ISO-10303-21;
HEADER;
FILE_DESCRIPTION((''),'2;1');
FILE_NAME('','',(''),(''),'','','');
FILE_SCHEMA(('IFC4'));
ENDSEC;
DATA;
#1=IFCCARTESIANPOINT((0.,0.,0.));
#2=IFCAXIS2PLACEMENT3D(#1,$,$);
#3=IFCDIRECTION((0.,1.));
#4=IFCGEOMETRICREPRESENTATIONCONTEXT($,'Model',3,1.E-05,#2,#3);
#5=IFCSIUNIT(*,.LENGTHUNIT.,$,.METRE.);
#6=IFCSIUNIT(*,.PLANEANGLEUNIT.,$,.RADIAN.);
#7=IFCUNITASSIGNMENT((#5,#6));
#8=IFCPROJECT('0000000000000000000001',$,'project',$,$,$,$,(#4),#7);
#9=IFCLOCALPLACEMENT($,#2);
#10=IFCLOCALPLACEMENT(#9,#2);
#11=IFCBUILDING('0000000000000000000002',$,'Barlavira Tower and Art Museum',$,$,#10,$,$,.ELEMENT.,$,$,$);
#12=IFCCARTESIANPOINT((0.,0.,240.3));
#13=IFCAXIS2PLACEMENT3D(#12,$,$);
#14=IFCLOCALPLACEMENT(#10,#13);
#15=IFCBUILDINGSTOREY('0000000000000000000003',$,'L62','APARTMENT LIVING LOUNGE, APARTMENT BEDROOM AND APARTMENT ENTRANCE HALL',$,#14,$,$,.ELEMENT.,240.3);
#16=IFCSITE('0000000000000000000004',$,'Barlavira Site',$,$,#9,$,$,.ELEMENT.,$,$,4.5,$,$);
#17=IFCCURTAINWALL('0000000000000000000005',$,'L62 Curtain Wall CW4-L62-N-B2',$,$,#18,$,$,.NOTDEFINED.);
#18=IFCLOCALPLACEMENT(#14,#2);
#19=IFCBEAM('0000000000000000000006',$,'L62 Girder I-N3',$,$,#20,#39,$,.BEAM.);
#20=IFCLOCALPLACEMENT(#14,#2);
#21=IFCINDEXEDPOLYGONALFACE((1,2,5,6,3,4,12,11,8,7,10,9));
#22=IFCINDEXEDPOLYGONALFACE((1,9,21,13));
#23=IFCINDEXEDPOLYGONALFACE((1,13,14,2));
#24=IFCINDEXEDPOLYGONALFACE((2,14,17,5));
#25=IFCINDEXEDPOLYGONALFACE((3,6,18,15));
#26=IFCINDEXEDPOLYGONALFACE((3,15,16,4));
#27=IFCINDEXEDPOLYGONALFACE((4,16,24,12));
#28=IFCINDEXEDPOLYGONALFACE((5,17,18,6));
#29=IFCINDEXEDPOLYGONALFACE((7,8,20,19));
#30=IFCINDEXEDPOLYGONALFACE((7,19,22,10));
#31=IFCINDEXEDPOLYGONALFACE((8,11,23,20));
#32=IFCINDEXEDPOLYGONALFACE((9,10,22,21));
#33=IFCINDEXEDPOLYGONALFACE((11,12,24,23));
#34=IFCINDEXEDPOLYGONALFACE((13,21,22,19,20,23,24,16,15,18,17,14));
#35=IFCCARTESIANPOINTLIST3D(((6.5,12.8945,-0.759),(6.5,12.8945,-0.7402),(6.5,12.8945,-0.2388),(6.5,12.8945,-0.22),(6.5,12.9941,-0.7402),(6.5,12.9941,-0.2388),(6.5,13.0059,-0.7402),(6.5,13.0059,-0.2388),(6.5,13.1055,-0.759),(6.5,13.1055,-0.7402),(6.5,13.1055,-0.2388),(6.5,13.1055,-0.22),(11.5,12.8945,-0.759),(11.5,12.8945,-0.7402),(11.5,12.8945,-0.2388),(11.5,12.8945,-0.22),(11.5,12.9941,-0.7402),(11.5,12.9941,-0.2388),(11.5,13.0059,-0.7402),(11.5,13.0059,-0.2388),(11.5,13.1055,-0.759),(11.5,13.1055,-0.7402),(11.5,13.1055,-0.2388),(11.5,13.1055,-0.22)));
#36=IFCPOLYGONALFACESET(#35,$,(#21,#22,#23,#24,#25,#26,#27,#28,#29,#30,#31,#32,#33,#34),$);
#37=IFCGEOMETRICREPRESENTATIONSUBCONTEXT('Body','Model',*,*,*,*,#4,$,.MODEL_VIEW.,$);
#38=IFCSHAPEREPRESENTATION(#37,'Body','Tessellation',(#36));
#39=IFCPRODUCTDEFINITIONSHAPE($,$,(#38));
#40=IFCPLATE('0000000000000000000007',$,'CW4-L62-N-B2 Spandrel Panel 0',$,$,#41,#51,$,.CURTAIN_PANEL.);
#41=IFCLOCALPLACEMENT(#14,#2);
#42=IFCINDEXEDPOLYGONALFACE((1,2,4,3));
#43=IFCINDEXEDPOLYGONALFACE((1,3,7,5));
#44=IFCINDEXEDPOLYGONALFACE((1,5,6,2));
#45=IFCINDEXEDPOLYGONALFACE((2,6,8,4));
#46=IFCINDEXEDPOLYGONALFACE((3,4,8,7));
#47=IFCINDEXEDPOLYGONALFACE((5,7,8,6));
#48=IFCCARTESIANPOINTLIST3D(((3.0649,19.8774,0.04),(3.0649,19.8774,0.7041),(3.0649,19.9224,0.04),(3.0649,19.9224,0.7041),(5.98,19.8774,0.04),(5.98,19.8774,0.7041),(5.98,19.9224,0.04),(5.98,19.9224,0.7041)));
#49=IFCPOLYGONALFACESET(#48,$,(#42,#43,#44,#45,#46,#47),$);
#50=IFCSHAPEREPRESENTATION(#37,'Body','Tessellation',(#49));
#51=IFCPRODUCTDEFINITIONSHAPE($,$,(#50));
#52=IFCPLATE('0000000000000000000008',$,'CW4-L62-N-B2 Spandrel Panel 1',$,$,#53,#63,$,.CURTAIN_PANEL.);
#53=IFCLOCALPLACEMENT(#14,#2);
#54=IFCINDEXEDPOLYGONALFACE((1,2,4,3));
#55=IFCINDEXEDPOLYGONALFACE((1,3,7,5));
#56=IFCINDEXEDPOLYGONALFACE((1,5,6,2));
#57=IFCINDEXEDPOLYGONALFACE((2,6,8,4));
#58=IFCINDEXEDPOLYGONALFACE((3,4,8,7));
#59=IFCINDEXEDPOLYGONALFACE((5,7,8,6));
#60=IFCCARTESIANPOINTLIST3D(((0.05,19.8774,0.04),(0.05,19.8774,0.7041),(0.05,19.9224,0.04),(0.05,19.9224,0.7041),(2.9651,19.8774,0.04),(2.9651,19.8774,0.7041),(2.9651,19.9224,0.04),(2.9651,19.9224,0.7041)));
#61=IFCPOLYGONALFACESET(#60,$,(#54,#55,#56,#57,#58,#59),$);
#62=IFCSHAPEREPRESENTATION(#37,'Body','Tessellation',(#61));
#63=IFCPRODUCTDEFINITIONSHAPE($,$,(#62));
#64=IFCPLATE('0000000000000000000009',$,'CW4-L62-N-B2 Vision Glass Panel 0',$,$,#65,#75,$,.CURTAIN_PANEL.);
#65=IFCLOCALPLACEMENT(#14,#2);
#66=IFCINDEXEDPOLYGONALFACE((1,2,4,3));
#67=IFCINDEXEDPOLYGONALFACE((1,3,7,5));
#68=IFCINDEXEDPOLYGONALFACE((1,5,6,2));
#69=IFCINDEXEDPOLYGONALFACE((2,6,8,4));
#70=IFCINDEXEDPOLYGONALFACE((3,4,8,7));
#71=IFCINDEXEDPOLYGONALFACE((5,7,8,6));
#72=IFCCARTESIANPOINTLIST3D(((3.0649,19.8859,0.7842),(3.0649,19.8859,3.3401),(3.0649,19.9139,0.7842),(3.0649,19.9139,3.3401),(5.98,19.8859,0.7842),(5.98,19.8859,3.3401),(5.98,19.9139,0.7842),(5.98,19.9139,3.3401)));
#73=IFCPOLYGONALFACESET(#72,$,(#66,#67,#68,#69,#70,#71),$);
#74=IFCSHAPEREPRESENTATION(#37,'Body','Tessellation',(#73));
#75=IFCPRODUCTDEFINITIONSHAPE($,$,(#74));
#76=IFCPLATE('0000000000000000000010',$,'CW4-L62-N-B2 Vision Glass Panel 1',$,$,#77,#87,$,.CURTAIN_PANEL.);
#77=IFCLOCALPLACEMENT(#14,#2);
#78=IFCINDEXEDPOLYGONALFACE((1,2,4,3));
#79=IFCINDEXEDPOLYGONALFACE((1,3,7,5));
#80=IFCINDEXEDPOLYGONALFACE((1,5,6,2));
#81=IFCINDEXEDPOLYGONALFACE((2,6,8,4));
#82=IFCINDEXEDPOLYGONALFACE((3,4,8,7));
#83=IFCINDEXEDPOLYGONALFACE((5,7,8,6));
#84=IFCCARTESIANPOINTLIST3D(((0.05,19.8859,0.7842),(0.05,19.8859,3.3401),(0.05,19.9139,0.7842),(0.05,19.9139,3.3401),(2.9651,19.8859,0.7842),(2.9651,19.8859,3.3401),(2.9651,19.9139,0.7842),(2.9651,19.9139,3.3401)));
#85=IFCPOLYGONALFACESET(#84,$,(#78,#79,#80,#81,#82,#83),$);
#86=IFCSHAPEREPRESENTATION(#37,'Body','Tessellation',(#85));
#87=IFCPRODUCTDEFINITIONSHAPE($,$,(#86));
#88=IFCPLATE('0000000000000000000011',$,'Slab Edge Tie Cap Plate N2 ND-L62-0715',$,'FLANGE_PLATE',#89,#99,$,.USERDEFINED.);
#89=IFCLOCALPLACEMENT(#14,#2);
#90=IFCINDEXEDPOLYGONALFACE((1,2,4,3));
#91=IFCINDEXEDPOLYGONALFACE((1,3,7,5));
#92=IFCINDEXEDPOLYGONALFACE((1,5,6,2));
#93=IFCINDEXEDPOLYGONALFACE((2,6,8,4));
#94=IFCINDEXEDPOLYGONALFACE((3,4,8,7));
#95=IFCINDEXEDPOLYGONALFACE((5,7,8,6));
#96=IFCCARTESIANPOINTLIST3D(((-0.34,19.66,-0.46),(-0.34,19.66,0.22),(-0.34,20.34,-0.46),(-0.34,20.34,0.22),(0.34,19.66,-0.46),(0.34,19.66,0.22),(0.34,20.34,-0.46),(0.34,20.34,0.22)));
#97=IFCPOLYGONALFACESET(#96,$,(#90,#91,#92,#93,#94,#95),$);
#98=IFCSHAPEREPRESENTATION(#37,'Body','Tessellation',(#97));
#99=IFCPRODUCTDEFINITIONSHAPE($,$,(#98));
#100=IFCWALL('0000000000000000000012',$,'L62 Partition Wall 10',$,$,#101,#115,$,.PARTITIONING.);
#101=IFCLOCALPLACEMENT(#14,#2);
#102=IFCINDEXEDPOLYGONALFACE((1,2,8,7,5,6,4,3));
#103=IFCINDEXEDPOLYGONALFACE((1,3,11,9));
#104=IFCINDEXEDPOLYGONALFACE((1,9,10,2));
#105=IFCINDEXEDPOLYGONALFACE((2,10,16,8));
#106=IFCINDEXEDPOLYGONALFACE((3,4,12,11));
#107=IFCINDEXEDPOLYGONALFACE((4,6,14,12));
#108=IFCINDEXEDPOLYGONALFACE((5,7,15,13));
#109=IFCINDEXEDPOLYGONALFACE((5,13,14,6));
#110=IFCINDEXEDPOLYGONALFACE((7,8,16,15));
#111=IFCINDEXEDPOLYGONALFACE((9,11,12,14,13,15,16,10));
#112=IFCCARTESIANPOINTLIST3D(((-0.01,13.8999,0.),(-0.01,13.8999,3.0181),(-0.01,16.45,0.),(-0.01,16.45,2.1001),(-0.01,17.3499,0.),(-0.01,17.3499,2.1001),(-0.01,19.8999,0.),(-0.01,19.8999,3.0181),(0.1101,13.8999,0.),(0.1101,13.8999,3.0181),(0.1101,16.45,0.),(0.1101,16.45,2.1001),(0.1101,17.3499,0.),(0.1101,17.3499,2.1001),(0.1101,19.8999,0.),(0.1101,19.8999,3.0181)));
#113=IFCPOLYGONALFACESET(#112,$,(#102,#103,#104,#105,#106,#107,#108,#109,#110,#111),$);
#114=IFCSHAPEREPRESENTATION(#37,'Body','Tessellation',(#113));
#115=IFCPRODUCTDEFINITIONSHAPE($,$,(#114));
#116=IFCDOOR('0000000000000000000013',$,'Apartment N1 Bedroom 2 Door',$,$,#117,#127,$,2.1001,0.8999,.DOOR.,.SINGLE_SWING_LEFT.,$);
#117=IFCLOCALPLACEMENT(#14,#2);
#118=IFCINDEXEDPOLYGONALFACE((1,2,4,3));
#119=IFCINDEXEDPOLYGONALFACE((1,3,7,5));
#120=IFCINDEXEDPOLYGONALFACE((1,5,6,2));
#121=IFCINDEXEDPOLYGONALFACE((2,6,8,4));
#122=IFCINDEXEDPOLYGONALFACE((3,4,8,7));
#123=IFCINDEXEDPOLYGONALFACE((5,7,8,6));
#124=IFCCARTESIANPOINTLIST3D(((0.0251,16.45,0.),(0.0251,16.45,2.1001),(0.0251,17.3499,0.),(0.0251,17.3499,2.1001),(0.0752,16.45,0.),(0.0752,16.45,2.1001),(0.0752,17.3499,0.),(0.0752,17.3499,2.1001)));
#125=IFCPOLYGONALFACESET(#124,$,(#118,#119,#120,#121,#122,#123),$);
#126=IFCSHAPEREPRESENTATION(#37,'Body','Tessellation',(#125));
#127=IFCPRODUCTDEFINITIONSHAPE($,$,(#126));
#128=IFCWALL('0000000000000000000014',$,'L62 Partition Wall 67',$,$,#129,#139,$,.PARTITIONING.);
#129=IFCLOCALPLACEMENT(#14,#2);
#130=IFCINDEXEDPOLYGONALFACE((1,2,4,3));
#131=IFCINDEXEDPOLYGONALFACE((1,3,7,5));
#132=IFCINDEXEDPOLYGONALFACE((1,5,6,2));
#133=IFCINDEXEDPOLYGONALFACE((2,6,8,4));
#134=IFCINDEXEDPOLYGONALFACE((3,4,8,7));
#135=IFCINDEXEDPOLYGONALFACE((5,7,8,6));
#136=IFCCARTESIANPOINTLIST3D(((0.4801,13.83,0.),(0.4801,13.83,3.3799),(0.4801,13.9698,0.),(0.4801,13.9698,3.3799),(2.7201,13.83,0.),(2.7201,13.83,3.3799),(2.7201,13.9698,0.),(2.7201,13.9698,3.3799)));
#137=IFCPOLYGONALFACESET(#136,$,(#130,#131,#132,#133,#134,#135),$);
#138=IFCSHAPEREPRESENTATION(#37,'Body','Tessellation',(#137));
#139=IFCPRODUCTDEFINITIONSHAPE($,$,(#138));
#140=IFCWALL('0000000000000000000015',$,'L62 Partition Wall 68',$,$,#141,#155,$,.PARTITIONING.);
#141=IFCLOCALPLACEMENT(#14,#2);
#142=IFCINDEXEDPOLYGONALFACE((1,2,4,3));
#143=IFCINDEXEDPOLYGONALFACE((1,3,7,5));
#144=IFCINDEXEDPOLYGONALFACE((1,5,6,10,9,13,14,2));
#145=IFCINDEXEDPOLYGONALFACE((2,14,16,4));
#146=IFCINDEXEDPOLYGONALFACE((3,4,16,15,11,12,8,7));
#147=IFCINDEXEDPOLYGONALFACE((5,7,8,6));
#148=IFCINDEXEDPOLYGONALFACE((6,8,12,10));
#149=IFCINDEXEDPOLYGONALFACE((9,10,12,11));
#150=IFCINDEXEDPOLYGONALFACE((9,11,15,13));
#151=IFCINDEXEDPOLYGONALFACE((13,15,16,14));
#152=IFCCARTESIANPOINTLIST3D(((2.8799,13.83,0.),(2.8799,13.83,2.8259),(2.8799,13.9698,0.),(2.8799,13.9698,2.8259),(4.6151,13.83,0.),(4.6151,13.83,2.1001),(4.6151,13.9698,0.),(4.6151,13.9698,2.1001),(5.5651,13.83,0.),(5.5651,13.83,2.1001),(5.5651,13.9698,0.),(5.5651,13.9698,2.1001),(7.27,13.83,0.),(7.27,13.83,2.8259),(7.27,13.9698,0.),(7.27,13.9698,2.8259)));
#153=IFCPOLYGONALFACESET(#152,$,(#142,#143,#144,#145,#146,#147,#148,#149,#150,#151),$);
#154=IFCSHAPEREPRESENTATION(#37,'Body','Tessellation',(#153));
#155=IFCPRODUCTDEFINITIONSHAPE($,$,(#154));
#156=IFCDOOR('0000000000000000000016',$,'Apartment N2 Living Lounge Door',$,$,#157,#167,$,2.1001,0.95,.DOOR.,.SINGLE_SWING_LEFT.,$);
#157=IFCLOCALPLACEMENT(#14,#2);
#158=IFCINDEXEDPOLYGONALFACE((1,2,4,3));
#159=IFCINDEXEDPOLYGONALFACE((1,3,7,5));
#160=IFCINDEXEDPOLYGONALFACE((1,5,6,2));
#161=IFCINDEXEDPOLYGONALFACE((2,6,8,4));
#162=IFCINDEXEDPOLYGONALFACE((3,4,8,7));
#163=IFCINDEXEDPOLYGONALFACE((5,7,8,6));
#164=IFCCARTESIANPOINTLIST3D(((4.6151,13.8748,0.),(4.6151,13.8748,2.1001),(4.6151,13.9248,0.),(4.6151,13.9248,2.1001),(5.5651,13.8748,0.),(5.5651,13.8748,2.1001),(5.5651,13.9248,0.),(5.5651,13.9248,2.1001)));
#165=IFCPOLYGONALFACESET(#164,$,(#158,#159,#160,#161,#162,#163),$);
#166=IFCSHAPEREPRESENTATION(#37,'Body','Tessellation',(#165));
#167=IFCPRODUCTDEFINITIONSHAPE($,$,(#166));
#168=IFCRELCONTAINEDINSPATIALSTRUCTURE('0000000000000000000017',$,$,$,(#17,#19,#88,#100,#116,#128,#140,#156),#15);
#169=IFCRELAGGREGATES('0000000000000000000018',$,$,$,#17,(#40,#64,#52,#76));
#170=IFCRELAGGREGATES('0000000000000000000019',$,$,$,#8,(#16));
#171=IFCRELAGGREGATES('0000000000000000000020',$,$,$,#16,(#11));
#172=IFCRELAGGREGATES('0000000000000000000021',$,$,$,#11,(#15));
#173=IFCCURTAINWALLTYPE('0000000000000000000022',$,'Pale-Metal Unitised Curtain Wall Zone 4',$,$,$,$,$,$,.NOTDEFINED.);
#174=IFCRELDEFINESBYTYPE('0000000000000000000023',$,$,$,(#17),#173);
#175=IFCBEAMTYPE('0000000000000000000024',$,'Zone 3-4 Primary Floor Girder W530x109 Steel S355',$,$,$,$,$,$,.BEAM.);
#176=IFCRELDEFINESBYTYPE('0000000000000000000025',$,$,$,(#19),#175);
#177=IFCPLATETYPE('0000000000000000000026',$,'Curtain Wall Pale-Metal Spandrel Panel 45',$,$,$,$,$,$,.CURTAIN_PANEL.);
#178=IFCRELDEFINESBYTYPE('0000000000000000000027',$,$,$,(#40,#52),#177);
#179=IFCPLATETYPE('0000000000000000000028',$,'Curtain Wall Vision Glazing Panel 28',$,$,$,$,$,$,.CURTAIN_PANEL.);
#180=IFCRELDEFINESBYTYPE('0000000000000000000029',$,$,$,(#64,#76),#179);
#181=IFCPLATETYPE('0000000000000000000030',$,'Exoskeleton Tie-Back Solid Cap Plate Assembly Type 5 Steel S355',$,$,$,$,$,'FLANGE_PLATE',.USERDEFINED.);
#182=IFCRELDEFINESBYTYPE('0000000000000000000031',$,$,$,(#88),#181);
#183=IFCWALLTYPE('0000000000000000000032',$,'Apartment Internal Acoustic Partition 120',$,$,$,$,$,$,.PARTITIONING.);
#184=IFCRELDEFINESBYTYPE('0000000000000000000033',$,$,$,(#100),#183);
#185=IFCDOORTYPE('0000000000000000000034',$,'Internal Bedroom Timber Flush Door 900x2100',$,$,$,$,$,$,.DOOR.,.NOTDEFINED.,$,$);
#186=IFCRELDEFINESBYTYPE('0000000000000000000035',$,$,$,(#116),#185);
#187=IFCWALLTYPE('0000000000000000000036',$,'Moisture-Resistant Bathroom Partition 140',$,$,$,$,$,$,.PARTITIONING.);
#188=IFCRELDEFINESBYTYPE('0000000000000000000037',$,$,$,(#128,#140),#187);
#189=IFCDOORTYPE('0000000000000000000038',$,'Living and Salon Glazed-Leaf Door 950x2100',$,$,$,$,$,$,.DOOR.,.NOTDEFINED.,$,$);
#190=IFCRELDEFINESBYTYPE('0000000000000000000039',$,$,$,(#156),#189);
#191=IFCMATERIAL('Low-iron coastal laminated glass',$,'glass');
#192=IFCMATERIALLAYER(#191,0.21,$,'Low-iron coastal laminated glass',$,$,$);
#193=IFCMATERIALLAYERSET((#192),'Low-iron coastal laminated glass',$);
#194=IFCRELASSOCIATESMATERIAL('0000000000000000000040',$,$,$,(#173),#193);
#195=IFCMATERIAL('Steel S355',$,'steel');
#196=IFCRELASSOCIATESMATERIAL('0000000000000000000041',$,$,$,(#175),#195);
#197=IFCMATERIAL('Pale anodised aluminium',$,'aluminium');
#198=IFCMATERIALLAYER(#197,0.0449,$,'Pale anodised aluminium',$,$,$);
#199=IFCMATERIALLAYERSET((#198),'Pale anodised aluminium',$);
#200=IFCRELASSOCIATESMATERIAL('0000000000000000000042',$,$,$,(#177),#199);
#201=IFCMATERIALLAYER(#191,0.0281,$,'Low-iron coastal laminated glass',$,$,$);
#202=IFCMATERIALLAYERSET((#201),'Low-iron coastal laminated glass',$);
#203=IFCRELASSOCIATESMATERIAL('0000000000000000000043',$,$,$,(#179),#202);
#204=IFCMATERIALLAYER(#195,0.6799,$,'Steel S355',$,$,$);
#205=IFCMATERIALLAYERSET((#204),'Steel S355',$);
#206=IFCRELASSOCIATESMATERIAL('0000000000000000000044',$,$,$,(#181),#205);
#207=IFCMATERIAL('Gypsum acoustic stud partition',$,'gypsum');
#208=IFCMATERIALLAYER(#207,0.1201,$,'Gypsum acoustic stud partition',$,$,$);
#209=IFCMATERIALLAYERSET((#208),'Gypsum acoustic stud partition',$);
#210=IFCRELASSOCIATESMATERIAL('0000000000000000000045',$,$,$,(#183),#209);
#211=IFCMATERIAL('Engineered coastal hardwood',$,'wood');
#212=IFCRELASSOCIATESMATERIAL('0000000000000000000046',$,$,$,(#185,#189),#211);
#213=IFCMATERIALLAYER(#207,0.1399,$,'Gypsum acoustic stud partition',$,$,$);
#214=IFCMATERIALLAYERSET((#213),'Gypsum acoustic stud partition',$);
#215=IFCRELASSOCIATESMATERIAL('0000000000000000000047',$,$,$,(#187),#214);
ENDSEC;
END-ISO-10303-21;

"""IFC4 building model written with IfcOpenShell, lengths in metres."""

from ifc_helpers import new_model, si_unit, direction, frame, frame_2d, origin, origin_2d, place, context, subcontext, project, spatial, rectangle, i_section, extrude, material, layer, layer_set, material_profile, profile_set, type_object, element, fill, aggregate, save


model = new_model("IFC4")

# Units and contexts
model_context = context("Model", 3, precision=1e-05, world=origin(), true_north=direction((0.0, 1.0)))
body_context = subcontext(model_context, "Body", "Model", "MODEL_VIEW")
ifc_project = project(units=[si_unit("LENGTHUNIT", "METRE"), si_unit("PLANEANGLEUNIT", "RADIAN")], contexts=[model_context])

# Site, building, storey
site_placement = place(None, origin())
site = spatial("IfcSite", under=ifc_project, at=site_placement, Name="Barlavira Site", CompositionType="ELEMENT", RefElevation=4.5)
building_placement = place(site_placement, origin())
building = spatial("IfcBuilding", under=site, at=building_placement, Name="Barlavira Tower and Art Museum", CompositionType="ELEMENT")
storey_placement = place(building_placement, frame((0.0, 0.0, 240.3)))
storey = spatial("IfcBuildingStorey", under=building, at=storey_placement, Name="L62", Description="APARTMENT LIVING LOUNGE, APARTMENT BEDROOM AND APARTMENT ENTRANCE HALL", CompositionType="ELEMENT", Elevation=240.3)

# Curtain wall
ifc_material_1 = material(Name="Low-iron coastal laminated glass", Category="glass")
ifc_layer_1 = layer(ifc_material_1, 0.21, Name="Low-iron coastal laminated glass")
ifc_layer_set_1 = layer_set([ifc_layer_1], Name="Low-iron coastal laminated glass")
curtain_wall_type = type_object("IfcCurtainWallType", Name="Pale-Metal Unitised Curtain Wall Zone 4", PredefinedType="NOTDEFINED", material=ifc_layer_set_1)
curtain_wall_placement = place(storey_placement, origin())
curtain_wall = element("IfcCurtainWall", 1, at=curtain_wall_placement, inside=storey, type_object=curtain_wall_type, Name="L62 Curtain Wall CW4-L62-N-B2", PredefinedType="NOTDEFINED")
ifc_material_2 = material(Name="Pale anodised aluminium", Category="aluminium")

# Shared definitions
ifc_material_3 = material(Name="Steel S355", Category="steel")

# Beam
ifc_material_profile_1 = material_profile(ifc_material_3, i_section(OverallWidth=0.2109, OverallDepth=0.5391, WebThickness=0.0117, FlangeThickness=0.0188, at=origin_2d()), Name="W530x109.0")
ifc_profile_set_1 = profile_set([ifc_material_profile_1], Name="Steel S355")
beam_type = type_object("IfcBeamType", Name="Zone 3-4 Primary Floor Girder W530x109 Steel S355", PredefinedType="BEAM", material=ifc_profile_set_1)
beam_placement = place(storey_placement, frame((6.5, 13.0, -0.4895), z_axis=(1.0, 0.0, 0.0), x_axis=(0.0, 1.0, 0.0)))
element("IfcBeam", 2, at=beam_placement, inside=storey, type_object=beam_type, Name="L62 Girder I-N3", PredefinedType="BEAM", context=body_context, shape_type="SweptSolid", body=[
    extrude(i_section(OverallWidth=0.2109, OverallDepth=0.5391, WebThickness=0.0117, FlangeThickness=0.0188, at=origin_2d()), origin(), (0.0, 0.0, 1.0), 5.0),
])

# Plates
ifc_layer_2 = layer(ifc_material_2, 0.0449, Name="Pale anodised aluminium")
ifc_layer_set_2 = layer_set([ifc_layer_2], Name="Pale anodised aluminium")
plate_type_1 = type_object("IfcPlateType", Name="Curtain Wall Pale-Metal Spandrel Panel 45", PredefinedType="CURTAIN_PANEL", material=ifc_layer_set_2)
plate_1_placement = place(storey_placement, frame((4.5225, 19.8999, 0.04), z_axis=(0.0, 0.0, 1.0), x_axis=(-1.0, 0.0, 0.0)))
plate_1 = element("IfcPlate", 3, at=plate_1_placement, type_object=plate_type_1, Name="CW4-L62-N-B2 Spandrel Panel 0", PredefinedType="CURTAIN_PANEL", context=body_context, shape_type="SweptSolid", body=[
    extrude(rectangle(XDim=2.915, YDim=0.0449, at=origin_2d()), origin(), (0.0, 0.0, 1.0), 0.6641),
])
plate_2_placement = place(storey_placement, frame((1.5076, 19.8999, 0.04), z_axis=(0.0, 0.0, 1.0), x_axis=(-1.0, 0.0, 0.0)))
plate_2 = element("IfcPlate", 4, at=plate_2_placement, type_object=plate_type_1, Name="CW4-L62-N-B2 Spandrel Panel 1", PredefinedType="CURTAIN_PANEL", context=body_context, shape_type="SweptSolid", body=[
    extrude(rectangle(XDim=2.915, YDim=0.0449, at=origin_2d()), origin(), (0.0, 0.0, 1.0), 0.6641),
])
ifc_layer_3 = layer(ifc_material_1, 0.0281, Name="Low-iron coastal laminated glass")
ifc_layer_set_3 = layer_set([ifc_layer_3], Name="Low-iron coastal laminated glass")
plate_type_2 = type_object("IfcPlateType", Name="Curtain Wall Vision Glazing Panel 28", PredefinedType="CURTAIN_PANEL", material=ifc_layer_set_3)
plate_3_placement = place(storey_placement, frame((4.5225, 19.8999, 0.7842), z_axis=(0.0, 0.0, 1.0), x_axis=(-1.0, 0.0, 0.0)))
plate_3 = element("IfcPlate", 5, at=plate_3_placement, type_object=plate_type_2, Name="CW4-L62-N-B2 Vision Glass Panel 0", PredefinedType="CURTAIN_PANEL", context=body_context, shape_type="SweptSolid", body=[
    extrude(rectangle(XDim=2.915, YDim=0.0281, at=origin_2d()), origin(), (0.0, 0.0, 1.0), 2.5559),
])
plate_4_placement = place(storey_placement, frame((1.5076, 19.8999, 0.7842), z_axis=(0.0, 0.0, 1.0), x_axis=(-1.0, 0.0, 0.0)))
plate_4 = element("IfcPlate", 6, at=plate_4_placement, type_object=plate_type_2, Name="CW4-L62-N-B2 Vision Glass Panel 1", PredefinedType="CURTAIN_PANEL", context=body_context, shape_type="SweptSolid", body=[
    extrude(rectangle(XDim=2.915, YDim=0.0281, at=origin_2d()), origin(), (0.0, 0.0, 1.0), 2.5559),
])
aggregate(curtain_wall, [plate_1, plate_3, plate_2, plate_4])
ifc_layer_4 = layer(ifc_material_3, 0.6799, Name="Steel S355")
ifc_layer_set_4 = layer_set([ifc_layer_4], Name="Steel S355")
plate_type_3 = type_object("IfcPlateType", Name="Exoskeleton Tie-Back Solid Cap Plate Assembly Type 5 Steel S355", ElementType="FLANGE_PLATE", PredefinedType="USERDEFINED", material=ifc_layer_set_4)
plate_5_placement = place(storey_placement, frame((0.0, 20.0, -0.46), z_axis=(0.0, 0.0, 1.0), x_axis=(1.0, 0.0, 0.0)))
element("IfcPlate", 7, at=plate_5_placement, inside=storey, type_object=plate_type_3, Name="Slab Edge Tie Cap Plate N2 ND-L62-0715", ObjectType="FLANGE_PLATE", PredefinedType="USERDEFINED", context=body_context, shape_type="SweptSolid", body=[
    extrude(rectangle(XDim=0.6799, YDim=0.6799, at=origin_2d()), origin(), (0.0, 0.0, 1.0), 0.6799),
])

# Wall, opening, door
ifc_material_4 = material(Name="Gypsum acoustic stud partition", Category="gypsum")
ifc_layer_5 = layer(ifc_material_4, 0.1201, Name="Gypsum acoustic stud partition")
ifc_layer_set_5 = layer_set([ifc_layer_5], Name="Gypsum acoustic stud partition")
wall_type_1 = type_object("IfcWallType", Name="Apartment Internal Acoustic Partition 120", PredefinedType="PARTITIONING", material=ifc_layer_set_5)
wall_1_placement = place(storey_placement, frame((0.05, 13.8999, 0.0), z_axis=(0.0, 0.0, 1.0), x_axis=(0.0, 1.0, 0.0)))
wall_1 = element("IfcWall", 8, at=wall_1_placement, inside=storey, type_object=wall_type_1, Name="L62 Partition Wall 10", PredefinedType="PARTITIONING", context=body_context, shape_type="SweptSolid", body=[
    extrude(rectangle(XDim=6.0, YDim=0.1201, at=frame_2d((3.0, 0.0))), origin(), (0.0, 0.0, 1.0), 3.0181),
])
opening_1_placement = place(wall_1_placement, frame((2.55, 0.0, 0.0)))
opening_1 = element("IfcOpeningElement", 9, at=opening_1_placement, cuts=wall_1, PredefinedType="OPENING", context=body_context, shape_type="SweptSolid", body=[
    extrude(rectangle(XDim=0.8999, YDim=2.1001, at=frame_2d((0.45, 1.05))), frame((0.0, 0.0701, 0.0), z_axis=(0.0, -1.0, 0.0), x_axis=(1.0, 0.0, 0.0)), (0.0, 0.0, 1.0), 0.1401),
])
ifc_material_5 = material(Name="Engineered coastal hardwood", Category="wood")
door_type_1 = type_object("IfcDoorType", Name="Internal Bedroom Timber Flush Door 900x2100", OperationType="NOTDEFINED", PredefinedType="DOOR", material=ifc_material_5)
door_1_placement = place(opening_1_placement, origin())
door_1 = element("IfcDoor", 10, at=door_1_placement, inside=storey, type_object=door_type_1, Name="Apartment N1 Bedroom 2 Door", OperationType="SINGLE_SWING_LEFT", OverallHeight=2.1001, OverallWidth=0.8999, PredefinedType="DOOR", context=body_context, shape_type="SweptSolid", body=[
    extrude(rectangle(XDim=0.8999, YDim=2.1001, at=frame_2d((0.45, 1.05))), frame((0.0, 0.0249, 0.0), z_axis=(0.0, -1.0, 0.0), x_axis=(1.0, 0.0, 0.0)), (0.0, 0.0, 1.0), 0.05),
])
fill(opening_1, door_1)

# Wall
ifc_layer_6 = layer(ifc_material_4, 0.1399, Name="Gypsum acoustic stud partition")
ifc_layer_set_6 = layer_set([ifc_layer_6], Name="Gypsum acoustic stud partition")
wall_type_2 = type_object("IfcWallType", Name="Moisture-Resistant Bathroom Partition 140", PredefinedType="PARTITIONING", material=ifc_layer_set_6)
wall_2_placement = place(storey_placement, frame((0.48, 13.8999, 0.0), z_axis=(0.0, 0.0, 1.0), x_axis=(1.0, 0.0, 0.0)))
element("IfcWall", 11, at=wall_2_placement, inside=storey, type_object=wall_type_2, Name="L62 Partition Wall 67", PredefinedType="PARTITIONING", context=body_context, shape_type="SweptSolid", body=[
    extrude(rectangle(XDim=2.24, YDim=0.1399, at=frame_2d((1.1201, 0.0))), origin(), (0.0, 0.0, 1.0), 3.3799),
])

# Wall, opening, door
wall_3_placement = place(storey_placement, frame((2.8799, 13.8999, 0.0), z_axis=(0.0, 0.0, 1.0), x_axis=(1.0, 0.0, 0.0)))
wall_3 = element("IfcWall", 12, at=wall_3_placement, inside=storey, type_object=wall_type_2, Name="L62 Partition Wall 68", PredefinedType="PARTITIONING", context=body_context, shape_type="SweptSolid", body=[
    extrude(rectangle(XDim=4.3901, YDim=0.1399, at=frame_2d((2.1951, 0.0))), origin(), (0.0, 0.0, 1.0), 2.8259),
])
opening_2_placement = place(wall_3_placement, frame((1.7351, 0.0, 0.0)))
opening_2 = element("IfcOpeningElement", 13, at=opening_2_placement, cuts=wall_3, PredefinedType="OPENING", context=body_context, shape_type="SweptSolid", body=[
    extrude(rectangle(XDim=0.95, YDim=2.1001, at=frame_2d((0.4751, 1.05))), frame((0.0, 0.0801, 0.0), z_axis=(0.0, -1.0, 0.0), x_axis=(1.0, 0.0, 0.0)), (0.0, 0.0, 1.0), 0.1599),
])
door_type_2 = type_object("IfcDoorType", Name="Living and Salon Glazed-Leaf Door 950x2100", OperationType="NOTDEFINED", PredefinedType="DOOR", material=ifc_material_5)
door_2_placement = place(opening_2_placement, origin())
door_2 = element("IfcDoor", 14, at=door_2_placement, inside=storey, type_object=door_type_2, Name="Apartment N2 Living Lounge Door", OperationType="SINGLE_SWING_LEFT", OverallHeight=2.1001, OverallWidth=0.95, PredefinedType="DOOR", context=body_context, shape_type="SweptSolid", body=[
    extrude(rectangle(XDim=0.95, YDim=2.1001, at=frame_2d((0.4751, 1.05))), frame((0.0, 0.0249, 0.0), z_axis=(0.0, -1.0, 0.0), x_axis=(1.0, 0.0, 0.0)), (0.0, 0.0, 1.0), 0.05),
])
fill(opening_2, door_2)

save(model, "model.ifc")
